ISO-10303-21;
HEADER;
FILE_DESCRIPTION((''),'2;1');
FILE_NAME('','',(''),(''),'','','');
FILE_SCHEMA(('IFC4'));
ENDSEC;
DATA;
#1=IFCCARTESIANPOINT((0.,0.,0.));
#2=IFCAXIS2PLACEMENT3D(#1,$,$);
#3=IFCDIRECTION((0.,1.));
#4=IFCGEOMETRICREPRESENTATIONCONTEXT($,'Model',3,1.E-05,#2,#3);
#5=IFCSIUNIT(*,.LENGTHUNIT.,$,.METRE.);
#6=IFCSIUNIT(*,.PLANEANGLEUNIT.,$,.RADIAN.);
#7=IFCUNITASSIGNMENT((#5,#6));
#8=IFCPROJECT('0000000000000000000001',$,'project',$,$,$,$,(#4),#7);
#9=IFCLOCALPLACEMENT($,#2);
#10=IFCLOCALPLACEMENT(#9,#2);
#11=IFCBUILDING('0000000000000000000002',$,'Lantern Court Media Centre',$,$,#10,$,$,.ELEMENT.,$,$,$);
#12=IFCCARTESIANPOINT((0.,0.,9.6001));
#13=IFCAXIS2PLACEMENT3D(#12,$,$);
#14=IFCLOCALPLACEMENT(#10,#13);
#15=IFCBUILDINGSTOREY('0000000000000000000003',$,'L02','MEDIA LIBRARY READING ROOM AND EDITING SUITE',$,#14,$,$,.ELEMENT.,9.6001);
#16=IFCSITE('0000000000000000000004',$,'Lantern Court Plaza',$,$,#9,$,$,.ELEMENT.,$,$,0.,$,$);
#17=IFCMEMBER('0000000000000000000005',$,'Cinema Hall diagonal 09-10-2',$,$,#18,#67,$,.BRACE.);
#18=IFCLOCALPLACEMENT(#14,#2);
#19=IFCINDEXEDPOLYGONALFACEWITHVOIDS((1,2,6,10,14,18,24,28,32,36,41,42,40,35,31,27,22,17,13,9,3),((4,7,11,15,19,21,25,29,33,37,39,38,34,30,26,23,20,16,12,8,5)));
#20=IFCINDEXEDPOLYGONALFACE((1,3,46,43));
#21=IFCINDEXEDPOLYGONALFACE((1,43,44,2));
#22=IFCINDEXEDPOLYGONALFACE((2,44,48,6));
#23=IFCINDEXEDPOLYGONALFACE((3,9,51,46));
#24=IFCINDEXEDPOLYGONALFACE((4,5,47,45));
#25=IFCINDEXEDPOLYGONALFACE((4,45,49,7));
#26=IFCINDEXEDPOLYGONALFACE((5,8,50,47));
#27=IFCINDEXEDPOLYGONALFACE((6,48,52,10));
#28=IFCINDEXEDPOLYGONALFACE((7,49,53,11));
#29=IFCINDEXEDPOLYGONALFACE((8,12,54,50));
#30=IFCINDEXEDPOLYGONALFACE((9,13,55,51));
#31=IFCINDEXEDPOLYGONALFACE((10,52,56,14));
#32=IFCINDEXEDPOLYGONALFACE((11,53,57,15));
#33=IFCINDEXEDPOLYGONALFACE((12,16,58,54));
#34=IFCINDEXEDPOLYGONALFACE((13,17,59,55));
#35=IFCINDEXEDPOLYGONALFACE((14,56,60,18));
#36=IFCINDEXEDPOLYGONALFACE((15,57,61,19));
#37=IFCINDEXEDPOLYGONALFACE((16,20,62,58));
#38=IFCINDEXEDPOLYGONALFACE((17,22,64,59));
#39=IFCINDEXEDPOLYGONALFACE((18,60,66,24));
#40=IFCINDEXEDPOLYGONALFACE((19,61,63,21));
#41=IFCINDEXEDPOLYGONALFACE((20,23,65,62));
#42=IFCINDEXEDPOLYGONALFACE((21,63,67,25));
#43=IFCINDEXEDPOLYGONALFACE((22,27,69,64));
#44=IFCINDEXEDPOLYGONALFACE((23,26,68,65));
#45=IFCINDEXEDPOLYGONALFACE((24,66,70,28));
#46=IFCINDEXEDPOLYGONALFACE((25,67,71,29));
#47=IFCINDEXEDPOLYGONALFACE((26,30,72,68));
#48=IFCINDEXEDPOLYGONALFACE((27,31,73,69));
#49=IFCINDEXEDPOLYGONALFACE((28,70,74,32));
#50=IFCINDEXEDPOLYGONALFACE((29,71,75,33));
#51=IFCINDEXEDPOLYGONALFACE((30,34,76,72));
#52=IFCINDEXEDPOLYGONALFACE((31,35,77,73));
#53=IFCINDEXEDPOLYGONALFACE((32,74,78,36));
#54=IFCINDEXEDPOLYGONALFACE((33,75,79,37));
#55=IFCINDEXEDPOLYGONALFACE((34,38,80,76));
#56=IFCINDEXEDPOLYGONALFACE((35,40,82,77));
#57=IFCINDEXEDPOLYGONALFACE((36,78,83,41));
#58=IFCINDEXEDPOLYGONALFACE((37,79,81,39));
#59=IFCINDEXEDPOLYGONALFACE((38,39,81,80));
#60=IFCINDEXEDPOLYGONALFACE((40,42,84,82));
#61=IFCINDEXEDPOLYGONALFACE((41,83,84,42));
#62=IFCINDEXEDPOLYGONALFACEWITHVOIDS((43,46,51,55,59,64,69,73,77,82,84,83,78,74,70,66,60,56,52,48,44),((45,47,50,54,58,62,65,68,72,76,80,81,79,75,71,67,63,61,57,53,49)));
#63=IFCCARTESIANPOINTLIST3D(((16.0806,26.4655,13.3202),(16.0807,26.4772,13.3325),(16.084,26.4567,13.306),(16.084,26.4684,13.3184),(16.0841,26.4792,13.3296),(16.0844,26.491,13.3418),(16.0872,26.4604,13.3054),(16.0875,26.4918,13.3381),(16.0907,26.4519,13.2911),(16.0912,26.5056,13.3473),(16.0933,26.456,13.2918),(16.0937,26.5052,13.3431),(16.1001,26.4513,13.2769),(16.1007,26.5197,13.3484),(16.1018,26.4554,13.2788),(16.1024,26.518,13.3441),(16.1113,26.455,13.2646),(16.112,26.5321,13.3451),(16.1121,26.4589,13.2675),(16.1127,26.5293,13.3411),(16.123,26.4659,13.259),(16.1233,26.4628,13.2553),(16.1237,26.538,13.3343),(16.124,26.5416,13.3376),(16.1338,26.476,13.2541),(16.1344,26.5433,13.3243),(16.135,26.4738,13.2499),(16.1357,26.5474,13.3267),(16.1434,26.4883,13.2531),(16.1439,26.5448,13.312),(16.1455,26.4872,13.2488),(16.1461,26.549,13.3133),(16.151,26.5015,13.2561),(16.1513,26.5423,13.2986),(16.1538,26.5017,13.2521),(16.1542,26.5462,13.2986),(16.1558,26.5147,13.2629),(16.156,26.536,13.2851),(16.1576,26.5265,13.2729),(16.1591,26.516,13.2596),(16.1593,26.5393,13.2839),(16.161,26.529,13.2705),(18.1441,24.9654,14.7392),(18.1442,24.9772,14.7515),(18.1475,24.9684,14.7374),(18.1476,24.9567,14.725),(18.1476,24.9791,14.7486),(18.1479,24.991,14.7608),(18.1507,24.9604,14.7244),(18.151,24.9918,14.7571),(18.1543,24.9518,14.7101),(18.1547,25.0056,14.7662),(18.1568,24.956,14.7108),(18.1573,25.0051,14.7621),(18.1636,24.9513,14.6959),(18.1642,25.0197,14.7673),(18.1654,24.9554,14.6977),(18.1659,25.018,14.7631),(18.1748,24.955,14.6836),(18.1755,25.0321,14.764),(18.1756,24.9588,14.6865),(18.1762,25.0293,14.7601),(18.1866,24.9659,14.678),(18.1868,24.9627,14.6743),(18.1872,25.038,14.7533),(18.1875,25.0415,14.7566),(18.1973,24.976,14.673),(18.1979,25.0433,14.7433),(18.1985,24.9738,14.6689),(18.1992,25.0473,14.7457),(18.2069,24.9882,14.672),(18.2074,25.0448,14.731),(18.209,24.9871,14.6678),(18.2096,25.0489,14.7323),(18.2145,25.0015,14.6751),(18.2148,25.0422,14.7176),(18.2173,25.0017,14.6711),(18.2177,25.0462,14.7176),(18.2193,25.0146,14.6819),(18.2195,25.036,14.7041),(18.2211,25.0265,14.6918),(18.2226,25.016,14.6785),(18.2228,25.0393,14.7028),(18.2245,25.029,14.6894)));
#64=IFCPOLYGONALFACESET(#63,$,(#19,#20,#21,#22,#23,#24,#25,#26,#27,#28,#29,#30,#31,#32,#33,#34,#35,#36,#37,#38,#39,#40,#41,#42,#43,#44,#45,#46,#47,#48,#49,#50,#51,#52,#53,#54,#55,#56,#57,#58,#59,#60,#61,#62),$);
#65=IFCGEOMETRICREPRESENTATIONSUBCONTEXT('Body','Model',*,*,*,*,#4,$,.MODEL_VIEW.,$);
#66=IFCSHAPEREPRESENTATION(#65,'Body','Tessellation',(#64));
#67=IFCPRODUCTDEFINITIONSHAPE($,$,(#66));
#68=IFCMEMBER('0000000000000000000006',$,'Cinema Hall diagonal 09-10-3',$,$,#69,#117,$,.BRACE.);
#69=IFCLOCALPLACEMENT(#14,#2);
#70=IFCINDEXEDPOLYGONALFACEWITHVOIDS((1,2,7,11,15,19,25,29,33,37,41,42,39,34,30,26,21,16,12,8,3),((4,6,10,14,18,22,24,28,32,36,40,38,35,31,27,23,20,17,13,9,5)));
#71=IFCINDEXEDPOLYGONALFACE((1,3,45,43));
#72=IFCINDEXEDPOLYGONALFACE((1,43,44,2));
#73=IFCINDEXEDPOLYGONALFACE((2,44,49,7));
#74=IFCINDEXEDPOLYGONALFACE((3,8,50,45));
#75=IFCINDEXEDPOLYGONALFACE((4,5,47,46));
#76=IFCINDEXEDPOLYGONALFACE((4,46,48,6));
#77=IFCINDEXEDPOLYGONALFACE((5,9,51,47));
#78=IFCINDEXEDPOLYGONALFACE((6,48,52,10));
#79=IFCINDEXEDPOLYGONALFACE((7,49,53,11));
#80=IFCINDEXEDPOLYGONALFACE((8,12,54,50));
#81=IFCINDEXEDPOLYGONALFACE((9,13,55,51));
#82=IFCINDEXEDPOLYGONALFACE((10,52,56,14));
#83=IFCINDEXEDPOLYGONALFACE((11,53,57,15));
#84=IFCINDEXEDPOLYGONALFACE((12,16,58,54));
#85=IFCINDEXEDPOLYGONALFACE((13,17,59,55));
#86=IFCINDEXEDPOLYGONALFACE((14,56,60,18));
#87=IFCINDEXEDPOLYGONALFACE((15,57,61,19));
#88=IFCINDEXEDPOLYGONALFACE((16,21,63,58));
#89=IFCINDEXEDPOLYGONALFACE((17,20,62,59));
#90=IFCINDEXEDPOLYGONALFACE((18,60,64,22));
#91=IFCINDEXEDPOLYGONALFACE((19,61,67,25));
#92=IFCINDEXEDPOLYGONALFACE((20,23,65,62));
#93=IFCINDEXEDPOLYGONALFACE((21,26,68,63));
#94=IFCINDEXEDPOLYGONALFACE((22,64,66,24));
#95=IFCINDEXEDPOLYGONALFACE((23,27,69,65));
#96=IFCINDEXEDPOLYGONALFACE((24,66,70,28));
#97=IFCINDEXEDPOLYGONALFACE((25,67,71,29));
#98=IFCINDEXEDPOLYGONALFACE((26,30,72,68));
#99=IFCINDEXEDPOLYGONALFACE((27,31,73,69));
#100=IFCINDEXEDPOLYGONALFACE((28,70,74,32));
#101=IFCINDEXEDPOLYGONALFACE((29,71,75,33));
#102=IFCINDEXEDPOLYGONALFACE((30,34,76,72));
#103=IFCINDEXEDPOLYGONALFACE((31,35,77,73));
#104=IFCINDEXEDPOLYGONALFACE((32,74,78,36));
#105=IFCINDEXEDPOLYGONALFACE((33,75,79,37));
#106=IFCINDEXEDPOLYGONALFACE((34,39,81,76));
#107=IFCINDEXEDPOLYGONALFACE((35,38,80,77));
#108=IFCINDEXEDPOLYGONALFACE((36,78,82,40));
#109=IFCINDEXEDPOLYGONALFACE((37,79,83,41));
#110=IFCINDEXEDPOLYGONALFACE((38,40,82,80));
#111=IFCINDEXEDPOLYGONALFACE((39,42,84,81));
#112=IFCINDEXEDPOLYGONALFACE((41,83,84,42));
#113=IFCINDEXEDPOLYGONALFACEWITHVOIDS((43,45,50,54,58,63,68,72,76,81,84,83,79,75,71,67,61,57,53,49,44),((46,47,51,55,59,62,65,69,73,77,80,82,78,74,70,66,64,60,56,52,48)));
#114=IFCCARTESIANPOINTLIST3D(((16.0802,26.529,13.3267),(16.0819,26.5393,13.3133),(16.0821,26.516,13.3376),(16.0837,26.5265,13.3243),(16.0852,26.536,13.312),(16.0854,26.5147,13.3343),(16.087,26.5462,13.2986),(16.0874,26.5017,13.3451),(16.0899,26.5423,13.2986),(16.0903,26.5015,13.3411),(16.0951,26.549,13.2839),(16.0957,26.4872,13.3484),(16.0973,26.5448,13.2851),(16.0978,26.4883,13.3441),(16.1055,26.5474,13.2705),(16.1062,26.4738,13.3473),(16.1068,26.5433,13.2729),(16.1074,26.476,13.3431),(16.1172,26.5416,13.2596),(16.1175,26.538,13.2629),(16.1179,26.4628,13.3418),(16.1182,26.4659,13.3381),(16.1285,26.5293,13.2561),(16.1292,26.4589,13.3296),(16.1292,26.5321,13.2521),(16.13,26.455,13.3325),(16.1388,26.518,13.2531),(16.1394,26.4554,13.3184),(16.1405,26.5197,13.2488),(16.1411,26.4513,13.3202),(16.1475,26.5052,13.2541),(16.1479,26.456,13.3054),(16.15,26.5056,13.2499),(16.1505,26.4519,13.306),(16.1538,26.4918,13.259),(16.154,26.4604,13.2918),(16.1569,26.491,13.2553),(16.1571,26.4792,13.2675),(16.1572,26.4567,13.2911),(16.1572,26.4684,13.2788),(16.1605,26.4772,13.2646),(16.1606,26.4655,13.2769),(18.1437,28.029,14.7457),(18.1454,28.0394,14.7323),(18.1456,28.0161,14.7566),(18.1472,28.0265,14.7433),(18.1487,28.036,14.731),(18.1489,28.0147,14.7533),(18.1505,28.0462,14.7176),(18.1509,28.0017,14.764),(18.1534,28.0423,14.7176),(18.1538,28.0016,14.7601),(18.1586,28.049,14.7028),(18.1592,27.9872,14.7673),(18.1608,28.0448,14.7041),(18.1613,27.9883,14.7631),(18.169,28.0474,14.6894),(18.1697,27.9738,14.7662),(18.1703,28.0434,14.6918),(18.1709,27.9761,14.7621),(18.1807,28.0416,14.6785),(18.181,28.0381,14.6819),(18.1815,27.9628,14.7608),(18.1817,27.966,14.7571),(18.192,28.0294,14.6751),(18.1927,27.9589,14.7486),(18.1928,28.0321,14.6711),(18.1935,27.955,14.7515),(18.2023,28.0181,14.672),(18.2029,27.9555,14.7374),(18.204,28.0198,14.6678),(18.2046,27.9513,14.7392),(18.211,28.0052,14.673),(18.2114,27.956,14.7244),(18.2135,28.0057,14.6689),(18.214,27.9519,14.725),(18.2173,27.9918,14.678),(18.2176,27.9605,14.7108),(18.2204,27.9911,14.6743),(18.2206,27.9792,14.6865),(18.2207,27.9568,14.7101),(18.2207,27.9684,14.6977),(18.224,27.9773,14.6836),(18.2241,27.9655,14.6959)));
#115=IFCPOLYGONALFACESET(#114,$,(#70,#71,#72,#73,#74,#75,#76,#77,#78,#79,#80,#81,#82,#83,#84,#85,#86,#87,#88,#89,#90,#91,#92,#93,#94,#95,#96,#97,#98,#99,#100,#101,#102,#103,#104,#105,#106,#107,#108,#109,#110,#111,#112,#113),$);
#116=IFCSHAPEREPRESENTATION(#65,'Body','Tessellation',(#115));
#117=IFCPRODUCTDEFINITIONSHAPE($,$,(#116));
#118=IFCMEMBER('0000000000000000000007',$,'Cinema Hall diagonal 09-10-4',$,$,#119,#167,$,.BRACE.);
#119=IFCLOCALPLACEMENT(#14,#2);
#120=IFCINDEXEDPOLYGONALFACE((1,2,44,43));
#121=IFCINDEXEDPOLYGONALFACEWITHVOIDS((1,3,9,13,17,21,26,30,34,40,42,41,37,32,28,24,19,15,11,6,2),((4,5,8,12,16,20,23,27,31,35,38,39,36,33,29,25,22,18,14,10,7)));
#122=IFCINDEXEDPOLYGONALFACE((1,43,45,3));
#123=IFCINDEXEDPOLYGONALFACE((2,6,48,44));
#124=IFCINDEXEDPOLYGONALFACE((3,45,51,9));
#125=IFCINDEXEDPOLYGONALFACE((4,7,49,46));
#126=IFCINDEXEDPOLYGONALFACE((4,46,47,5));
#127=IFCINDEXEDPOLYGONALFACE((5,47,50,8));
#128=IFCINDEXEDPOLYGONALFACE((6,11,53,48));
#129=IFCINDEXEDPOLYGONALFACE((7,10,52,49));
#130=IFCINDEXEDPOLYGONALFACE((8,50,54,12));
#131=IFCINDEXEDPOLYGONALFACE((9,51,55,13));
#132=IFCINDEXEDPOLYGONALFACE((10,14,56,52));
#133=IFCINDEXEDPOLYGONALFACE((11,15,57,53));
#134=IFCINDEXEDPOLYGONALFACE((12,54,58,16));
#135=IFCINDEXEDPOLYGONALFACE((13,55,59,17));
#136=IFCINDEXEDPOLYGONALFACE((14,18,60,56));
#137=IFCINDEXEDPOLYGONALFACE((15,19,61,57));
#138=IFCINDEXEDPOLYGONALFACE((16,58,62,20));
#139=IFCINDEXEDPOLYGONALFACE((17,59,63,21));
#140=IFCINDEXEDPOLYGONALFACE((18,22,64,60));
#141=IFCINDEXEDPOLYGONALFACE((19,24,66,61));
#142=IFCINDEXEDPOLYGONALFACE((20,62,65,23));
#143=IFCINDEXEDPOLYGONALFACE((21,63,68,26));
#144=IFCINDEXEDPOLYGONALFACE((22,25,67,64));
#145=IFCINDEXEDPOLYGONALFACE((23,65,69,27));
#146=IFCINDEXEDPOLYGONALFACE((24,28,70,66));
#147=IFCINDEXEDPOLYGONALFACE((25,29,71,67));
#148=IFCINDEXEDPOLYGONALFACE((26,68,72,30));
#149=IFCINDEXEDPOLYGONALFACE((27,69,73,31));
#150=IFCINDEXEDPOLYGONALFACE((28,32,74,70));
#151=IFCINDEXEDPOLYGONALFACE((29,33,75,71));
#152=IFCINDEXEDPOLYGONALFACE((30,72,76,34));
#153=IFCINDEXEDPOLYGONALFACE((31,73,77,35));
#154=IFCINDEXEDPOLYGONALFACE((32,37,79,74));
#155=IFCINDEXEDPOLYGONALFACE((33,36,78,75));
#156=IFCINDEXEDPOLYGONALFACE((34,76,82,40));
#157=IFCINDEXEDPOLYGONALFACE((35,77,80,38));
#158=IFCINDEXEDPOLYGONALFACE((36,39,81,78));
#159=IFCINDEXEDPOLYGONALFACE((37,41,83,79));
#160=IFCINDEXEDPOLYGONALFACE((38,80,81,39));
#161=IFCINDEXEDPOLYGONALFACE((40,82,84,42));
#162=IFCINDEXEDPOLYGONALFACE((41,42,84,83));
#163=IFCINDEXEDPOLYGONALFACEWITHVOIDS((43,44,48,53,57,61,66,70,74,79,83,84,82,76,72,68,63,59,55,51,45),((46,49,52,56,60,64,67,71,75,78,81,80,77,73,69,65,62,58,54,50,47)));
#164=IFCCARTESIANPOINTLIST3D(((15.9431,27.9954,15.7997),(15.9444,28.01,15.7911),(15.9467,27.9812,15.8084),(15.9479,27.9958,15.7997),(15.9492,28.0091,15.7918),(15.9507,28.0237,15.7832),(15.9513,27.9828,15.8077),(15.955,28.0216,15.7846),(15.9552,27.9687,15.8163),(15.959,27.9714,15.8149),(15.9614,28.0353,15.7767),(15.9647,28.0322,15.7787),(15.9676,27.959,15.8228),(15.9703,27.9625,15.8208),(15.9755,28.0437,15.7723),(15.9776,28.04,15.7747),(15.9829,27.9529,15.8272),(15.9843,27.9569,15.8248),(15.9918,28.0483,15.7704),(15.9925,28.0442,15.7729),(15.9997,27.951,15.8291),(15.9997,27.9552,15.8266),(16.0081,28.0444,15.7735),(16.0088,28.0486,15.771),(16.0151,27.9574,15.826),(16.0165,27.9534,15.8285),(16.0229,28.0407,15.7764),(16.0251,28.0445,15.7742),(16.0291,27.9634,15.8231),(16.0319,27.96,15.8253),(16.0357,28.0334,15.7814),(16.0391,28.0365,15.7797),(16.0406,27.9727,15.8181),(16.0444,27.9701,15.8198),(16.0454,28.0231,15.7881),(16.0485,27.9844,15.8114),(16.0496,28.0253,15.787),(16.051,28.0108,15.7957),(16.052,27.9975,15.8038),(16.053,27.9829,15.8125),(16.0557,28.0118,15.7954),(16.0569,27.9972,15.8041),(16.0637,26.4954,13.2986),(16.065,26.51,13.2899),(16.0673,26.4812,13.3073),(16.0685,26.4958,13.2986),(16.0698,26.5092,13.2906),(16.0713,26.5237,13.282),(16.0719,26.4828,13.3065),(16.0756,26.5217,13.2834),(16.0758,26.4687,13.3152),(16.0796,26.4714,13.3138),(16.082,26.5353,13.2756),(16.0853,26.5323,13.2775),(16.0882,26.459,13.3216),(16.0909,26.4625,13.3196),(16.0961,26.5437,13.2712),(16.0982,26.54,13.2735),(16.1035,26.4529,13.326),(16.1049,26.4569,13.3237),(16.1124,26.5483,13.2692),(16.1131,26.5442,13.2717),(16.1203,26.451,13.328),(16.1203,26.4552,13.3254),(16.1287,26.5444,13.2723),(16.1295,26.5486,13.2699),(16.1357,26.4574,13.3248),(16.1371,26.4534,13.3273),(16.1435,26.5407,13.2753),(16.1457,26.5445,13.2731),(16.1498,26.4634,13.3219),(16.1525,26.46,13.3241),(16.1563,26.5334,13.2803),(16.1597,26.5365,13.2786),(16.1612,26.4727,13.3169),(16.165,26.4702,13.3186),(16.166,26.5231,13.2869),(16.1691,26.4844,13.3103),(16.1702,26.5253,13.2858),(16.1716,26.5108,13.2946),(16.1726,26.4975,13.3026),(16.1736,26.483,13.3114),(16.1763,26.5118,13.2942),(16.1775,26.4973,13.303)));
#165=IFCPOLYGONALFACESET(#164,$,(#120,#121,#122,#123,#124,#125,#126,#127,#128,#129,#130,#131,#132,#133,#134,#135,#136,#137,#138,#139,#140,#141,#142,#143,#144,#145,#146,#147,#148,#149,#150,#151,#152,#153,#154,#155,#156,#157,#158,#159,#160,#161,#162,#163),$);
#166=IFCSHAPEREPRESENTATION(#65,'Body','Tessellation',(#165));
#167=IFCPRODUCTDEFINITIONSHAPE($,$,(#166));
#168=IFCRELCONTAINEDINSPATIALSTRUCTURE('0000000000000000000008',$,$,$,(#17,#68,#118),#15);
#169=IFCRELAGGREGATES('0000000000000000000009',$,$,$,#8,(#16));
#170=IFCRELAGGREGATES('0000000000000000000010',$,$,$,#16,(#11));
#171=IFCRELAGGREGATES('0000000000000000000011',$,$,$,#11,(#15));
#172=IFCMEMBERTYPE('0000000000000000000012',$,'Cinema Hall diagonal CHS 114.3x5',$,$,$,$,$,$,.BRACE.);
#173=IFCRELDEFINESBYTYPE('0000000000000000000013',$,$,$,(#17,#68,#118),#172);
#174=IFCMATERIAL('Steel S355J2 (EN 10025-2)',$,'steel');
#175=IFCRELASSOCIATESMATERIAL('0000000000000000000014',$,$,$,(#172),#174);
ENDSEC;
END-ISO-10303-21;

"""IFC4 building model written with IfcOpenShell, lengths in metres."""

from ifc_helpers import new_model, si_unit, direction, frame, origin, origin_2d, place, context, subcontext, project, spatial, hollow_circle, extrude, material, material_profile, profile_set, type_object, element, save


model = new_model("IFC4")

# Units and contexts
model_context = context("Model", 3, precision=1e-05, world=origin(), true_north=direction((0.0, 1.0)))
body_context = subcontext(model_context, "Body", "Model", "MODEL_VIEW")
ifc_project = project(units=[si_unit("LENGTHUNIT", "METRE"), si_unit("PLANEANGLEUNIT", "RADIAN")], contexts=[model_context])

# Site, building, storey
site_placement = place(None, origin())
site = spatial("IfcSite", under=ifc_project, at=site_placement, Name="Lantern Court Plaza", CompositionType="ELEMENT", RefElevation=0.0)
building_placement = place(site_placement, origin())
building = spatial("IfcBuilding", under=site, at=building_placement, Name="Lantern Court Media Centre", CompositionType="ELEMENT")
storey_placement = place(building_placement, frame((0.0, 0.0, 9.6001)))
storey = spatial("IfcBuildingStorey", under=building, at=storey_placement, Name="L02", Description="MEDIA LIBRARY READING ROOM AND EDITING SUITE", CompositionType="ELEMENT", Elevation=9.6001)

# Members
ifc_material = material(Name="Steel S355J2 (EN 10025-2)", Category="steel")
ifc_material_profile_1 = material_profile(ifc_material, hollow_circle(Radius=0.0571, WallThickness=0.0049, at=origin_2d()), Name="Cinema Hall diagonal CHS 114.3x5")
ifc_profile_set_1 = profile_set([ifc_material_profile_1], Name="Steel S355J2 (EN 10025-2)")
member_type_1 = type_object("IfcMemberType", Name="Cinema Hall diagonal CHS 114.3x5", PredefinedType="BRACE", material=ifc_profile_set_1)
for number, where, z_axis, x_axis, name in (
    (1, (16.1206, 26.5, 13.2986), (0.70688, -0.513851, 0.486084), (0.58799, 0.808868, 0.0), "Cinema Hall diagonal 09-10-2"),
    (2, (16.1206, 26.5, 13.2986), (0.70688, 0.513851, 0.486084), (-0.58799, 0.808868, 0.0), "Cinema Hall diagonal 09-10-3"),
):
    element("IfcMember", number, at=place(storey_placement, frame(where, z_axis=z_axis, x_axis=x_axis)), inside=storey, type_object=member_type_1, Name=name, PredefinedType="BRACE", context=body_context, shape_type="SweptSolid", body=[
        extrude(hollow_circle(Radius=0.0571, WallThickness=0.0049, at=origin_2d()), origin(), (0.0, 0.0, 1.0), 2.9192),
    ])
member_1_placement = place(storey_placement, frame((16.1206, 26.5, 13.2986), z_axis=(-0.041317, 0.513872, 0.856871), x_axis=(-0.996783, -0.080145, 0.0)))
element("IfcMember", 3, at=member_1_placement, inside=storey, type_object=member_type_1, Name="Cinema Hall diagonal 09-10-4", PredefinedType="BRACE", context=body_context, shape_type="SweptSolid", body=[
    extrude(hollow_circle(Radius=0.0571, WallThickness=0.0049, at=origin_2d()), origin(), (0.0, 0.0, 1.0), 2.9189),
])

save(model, "model.ifc")
